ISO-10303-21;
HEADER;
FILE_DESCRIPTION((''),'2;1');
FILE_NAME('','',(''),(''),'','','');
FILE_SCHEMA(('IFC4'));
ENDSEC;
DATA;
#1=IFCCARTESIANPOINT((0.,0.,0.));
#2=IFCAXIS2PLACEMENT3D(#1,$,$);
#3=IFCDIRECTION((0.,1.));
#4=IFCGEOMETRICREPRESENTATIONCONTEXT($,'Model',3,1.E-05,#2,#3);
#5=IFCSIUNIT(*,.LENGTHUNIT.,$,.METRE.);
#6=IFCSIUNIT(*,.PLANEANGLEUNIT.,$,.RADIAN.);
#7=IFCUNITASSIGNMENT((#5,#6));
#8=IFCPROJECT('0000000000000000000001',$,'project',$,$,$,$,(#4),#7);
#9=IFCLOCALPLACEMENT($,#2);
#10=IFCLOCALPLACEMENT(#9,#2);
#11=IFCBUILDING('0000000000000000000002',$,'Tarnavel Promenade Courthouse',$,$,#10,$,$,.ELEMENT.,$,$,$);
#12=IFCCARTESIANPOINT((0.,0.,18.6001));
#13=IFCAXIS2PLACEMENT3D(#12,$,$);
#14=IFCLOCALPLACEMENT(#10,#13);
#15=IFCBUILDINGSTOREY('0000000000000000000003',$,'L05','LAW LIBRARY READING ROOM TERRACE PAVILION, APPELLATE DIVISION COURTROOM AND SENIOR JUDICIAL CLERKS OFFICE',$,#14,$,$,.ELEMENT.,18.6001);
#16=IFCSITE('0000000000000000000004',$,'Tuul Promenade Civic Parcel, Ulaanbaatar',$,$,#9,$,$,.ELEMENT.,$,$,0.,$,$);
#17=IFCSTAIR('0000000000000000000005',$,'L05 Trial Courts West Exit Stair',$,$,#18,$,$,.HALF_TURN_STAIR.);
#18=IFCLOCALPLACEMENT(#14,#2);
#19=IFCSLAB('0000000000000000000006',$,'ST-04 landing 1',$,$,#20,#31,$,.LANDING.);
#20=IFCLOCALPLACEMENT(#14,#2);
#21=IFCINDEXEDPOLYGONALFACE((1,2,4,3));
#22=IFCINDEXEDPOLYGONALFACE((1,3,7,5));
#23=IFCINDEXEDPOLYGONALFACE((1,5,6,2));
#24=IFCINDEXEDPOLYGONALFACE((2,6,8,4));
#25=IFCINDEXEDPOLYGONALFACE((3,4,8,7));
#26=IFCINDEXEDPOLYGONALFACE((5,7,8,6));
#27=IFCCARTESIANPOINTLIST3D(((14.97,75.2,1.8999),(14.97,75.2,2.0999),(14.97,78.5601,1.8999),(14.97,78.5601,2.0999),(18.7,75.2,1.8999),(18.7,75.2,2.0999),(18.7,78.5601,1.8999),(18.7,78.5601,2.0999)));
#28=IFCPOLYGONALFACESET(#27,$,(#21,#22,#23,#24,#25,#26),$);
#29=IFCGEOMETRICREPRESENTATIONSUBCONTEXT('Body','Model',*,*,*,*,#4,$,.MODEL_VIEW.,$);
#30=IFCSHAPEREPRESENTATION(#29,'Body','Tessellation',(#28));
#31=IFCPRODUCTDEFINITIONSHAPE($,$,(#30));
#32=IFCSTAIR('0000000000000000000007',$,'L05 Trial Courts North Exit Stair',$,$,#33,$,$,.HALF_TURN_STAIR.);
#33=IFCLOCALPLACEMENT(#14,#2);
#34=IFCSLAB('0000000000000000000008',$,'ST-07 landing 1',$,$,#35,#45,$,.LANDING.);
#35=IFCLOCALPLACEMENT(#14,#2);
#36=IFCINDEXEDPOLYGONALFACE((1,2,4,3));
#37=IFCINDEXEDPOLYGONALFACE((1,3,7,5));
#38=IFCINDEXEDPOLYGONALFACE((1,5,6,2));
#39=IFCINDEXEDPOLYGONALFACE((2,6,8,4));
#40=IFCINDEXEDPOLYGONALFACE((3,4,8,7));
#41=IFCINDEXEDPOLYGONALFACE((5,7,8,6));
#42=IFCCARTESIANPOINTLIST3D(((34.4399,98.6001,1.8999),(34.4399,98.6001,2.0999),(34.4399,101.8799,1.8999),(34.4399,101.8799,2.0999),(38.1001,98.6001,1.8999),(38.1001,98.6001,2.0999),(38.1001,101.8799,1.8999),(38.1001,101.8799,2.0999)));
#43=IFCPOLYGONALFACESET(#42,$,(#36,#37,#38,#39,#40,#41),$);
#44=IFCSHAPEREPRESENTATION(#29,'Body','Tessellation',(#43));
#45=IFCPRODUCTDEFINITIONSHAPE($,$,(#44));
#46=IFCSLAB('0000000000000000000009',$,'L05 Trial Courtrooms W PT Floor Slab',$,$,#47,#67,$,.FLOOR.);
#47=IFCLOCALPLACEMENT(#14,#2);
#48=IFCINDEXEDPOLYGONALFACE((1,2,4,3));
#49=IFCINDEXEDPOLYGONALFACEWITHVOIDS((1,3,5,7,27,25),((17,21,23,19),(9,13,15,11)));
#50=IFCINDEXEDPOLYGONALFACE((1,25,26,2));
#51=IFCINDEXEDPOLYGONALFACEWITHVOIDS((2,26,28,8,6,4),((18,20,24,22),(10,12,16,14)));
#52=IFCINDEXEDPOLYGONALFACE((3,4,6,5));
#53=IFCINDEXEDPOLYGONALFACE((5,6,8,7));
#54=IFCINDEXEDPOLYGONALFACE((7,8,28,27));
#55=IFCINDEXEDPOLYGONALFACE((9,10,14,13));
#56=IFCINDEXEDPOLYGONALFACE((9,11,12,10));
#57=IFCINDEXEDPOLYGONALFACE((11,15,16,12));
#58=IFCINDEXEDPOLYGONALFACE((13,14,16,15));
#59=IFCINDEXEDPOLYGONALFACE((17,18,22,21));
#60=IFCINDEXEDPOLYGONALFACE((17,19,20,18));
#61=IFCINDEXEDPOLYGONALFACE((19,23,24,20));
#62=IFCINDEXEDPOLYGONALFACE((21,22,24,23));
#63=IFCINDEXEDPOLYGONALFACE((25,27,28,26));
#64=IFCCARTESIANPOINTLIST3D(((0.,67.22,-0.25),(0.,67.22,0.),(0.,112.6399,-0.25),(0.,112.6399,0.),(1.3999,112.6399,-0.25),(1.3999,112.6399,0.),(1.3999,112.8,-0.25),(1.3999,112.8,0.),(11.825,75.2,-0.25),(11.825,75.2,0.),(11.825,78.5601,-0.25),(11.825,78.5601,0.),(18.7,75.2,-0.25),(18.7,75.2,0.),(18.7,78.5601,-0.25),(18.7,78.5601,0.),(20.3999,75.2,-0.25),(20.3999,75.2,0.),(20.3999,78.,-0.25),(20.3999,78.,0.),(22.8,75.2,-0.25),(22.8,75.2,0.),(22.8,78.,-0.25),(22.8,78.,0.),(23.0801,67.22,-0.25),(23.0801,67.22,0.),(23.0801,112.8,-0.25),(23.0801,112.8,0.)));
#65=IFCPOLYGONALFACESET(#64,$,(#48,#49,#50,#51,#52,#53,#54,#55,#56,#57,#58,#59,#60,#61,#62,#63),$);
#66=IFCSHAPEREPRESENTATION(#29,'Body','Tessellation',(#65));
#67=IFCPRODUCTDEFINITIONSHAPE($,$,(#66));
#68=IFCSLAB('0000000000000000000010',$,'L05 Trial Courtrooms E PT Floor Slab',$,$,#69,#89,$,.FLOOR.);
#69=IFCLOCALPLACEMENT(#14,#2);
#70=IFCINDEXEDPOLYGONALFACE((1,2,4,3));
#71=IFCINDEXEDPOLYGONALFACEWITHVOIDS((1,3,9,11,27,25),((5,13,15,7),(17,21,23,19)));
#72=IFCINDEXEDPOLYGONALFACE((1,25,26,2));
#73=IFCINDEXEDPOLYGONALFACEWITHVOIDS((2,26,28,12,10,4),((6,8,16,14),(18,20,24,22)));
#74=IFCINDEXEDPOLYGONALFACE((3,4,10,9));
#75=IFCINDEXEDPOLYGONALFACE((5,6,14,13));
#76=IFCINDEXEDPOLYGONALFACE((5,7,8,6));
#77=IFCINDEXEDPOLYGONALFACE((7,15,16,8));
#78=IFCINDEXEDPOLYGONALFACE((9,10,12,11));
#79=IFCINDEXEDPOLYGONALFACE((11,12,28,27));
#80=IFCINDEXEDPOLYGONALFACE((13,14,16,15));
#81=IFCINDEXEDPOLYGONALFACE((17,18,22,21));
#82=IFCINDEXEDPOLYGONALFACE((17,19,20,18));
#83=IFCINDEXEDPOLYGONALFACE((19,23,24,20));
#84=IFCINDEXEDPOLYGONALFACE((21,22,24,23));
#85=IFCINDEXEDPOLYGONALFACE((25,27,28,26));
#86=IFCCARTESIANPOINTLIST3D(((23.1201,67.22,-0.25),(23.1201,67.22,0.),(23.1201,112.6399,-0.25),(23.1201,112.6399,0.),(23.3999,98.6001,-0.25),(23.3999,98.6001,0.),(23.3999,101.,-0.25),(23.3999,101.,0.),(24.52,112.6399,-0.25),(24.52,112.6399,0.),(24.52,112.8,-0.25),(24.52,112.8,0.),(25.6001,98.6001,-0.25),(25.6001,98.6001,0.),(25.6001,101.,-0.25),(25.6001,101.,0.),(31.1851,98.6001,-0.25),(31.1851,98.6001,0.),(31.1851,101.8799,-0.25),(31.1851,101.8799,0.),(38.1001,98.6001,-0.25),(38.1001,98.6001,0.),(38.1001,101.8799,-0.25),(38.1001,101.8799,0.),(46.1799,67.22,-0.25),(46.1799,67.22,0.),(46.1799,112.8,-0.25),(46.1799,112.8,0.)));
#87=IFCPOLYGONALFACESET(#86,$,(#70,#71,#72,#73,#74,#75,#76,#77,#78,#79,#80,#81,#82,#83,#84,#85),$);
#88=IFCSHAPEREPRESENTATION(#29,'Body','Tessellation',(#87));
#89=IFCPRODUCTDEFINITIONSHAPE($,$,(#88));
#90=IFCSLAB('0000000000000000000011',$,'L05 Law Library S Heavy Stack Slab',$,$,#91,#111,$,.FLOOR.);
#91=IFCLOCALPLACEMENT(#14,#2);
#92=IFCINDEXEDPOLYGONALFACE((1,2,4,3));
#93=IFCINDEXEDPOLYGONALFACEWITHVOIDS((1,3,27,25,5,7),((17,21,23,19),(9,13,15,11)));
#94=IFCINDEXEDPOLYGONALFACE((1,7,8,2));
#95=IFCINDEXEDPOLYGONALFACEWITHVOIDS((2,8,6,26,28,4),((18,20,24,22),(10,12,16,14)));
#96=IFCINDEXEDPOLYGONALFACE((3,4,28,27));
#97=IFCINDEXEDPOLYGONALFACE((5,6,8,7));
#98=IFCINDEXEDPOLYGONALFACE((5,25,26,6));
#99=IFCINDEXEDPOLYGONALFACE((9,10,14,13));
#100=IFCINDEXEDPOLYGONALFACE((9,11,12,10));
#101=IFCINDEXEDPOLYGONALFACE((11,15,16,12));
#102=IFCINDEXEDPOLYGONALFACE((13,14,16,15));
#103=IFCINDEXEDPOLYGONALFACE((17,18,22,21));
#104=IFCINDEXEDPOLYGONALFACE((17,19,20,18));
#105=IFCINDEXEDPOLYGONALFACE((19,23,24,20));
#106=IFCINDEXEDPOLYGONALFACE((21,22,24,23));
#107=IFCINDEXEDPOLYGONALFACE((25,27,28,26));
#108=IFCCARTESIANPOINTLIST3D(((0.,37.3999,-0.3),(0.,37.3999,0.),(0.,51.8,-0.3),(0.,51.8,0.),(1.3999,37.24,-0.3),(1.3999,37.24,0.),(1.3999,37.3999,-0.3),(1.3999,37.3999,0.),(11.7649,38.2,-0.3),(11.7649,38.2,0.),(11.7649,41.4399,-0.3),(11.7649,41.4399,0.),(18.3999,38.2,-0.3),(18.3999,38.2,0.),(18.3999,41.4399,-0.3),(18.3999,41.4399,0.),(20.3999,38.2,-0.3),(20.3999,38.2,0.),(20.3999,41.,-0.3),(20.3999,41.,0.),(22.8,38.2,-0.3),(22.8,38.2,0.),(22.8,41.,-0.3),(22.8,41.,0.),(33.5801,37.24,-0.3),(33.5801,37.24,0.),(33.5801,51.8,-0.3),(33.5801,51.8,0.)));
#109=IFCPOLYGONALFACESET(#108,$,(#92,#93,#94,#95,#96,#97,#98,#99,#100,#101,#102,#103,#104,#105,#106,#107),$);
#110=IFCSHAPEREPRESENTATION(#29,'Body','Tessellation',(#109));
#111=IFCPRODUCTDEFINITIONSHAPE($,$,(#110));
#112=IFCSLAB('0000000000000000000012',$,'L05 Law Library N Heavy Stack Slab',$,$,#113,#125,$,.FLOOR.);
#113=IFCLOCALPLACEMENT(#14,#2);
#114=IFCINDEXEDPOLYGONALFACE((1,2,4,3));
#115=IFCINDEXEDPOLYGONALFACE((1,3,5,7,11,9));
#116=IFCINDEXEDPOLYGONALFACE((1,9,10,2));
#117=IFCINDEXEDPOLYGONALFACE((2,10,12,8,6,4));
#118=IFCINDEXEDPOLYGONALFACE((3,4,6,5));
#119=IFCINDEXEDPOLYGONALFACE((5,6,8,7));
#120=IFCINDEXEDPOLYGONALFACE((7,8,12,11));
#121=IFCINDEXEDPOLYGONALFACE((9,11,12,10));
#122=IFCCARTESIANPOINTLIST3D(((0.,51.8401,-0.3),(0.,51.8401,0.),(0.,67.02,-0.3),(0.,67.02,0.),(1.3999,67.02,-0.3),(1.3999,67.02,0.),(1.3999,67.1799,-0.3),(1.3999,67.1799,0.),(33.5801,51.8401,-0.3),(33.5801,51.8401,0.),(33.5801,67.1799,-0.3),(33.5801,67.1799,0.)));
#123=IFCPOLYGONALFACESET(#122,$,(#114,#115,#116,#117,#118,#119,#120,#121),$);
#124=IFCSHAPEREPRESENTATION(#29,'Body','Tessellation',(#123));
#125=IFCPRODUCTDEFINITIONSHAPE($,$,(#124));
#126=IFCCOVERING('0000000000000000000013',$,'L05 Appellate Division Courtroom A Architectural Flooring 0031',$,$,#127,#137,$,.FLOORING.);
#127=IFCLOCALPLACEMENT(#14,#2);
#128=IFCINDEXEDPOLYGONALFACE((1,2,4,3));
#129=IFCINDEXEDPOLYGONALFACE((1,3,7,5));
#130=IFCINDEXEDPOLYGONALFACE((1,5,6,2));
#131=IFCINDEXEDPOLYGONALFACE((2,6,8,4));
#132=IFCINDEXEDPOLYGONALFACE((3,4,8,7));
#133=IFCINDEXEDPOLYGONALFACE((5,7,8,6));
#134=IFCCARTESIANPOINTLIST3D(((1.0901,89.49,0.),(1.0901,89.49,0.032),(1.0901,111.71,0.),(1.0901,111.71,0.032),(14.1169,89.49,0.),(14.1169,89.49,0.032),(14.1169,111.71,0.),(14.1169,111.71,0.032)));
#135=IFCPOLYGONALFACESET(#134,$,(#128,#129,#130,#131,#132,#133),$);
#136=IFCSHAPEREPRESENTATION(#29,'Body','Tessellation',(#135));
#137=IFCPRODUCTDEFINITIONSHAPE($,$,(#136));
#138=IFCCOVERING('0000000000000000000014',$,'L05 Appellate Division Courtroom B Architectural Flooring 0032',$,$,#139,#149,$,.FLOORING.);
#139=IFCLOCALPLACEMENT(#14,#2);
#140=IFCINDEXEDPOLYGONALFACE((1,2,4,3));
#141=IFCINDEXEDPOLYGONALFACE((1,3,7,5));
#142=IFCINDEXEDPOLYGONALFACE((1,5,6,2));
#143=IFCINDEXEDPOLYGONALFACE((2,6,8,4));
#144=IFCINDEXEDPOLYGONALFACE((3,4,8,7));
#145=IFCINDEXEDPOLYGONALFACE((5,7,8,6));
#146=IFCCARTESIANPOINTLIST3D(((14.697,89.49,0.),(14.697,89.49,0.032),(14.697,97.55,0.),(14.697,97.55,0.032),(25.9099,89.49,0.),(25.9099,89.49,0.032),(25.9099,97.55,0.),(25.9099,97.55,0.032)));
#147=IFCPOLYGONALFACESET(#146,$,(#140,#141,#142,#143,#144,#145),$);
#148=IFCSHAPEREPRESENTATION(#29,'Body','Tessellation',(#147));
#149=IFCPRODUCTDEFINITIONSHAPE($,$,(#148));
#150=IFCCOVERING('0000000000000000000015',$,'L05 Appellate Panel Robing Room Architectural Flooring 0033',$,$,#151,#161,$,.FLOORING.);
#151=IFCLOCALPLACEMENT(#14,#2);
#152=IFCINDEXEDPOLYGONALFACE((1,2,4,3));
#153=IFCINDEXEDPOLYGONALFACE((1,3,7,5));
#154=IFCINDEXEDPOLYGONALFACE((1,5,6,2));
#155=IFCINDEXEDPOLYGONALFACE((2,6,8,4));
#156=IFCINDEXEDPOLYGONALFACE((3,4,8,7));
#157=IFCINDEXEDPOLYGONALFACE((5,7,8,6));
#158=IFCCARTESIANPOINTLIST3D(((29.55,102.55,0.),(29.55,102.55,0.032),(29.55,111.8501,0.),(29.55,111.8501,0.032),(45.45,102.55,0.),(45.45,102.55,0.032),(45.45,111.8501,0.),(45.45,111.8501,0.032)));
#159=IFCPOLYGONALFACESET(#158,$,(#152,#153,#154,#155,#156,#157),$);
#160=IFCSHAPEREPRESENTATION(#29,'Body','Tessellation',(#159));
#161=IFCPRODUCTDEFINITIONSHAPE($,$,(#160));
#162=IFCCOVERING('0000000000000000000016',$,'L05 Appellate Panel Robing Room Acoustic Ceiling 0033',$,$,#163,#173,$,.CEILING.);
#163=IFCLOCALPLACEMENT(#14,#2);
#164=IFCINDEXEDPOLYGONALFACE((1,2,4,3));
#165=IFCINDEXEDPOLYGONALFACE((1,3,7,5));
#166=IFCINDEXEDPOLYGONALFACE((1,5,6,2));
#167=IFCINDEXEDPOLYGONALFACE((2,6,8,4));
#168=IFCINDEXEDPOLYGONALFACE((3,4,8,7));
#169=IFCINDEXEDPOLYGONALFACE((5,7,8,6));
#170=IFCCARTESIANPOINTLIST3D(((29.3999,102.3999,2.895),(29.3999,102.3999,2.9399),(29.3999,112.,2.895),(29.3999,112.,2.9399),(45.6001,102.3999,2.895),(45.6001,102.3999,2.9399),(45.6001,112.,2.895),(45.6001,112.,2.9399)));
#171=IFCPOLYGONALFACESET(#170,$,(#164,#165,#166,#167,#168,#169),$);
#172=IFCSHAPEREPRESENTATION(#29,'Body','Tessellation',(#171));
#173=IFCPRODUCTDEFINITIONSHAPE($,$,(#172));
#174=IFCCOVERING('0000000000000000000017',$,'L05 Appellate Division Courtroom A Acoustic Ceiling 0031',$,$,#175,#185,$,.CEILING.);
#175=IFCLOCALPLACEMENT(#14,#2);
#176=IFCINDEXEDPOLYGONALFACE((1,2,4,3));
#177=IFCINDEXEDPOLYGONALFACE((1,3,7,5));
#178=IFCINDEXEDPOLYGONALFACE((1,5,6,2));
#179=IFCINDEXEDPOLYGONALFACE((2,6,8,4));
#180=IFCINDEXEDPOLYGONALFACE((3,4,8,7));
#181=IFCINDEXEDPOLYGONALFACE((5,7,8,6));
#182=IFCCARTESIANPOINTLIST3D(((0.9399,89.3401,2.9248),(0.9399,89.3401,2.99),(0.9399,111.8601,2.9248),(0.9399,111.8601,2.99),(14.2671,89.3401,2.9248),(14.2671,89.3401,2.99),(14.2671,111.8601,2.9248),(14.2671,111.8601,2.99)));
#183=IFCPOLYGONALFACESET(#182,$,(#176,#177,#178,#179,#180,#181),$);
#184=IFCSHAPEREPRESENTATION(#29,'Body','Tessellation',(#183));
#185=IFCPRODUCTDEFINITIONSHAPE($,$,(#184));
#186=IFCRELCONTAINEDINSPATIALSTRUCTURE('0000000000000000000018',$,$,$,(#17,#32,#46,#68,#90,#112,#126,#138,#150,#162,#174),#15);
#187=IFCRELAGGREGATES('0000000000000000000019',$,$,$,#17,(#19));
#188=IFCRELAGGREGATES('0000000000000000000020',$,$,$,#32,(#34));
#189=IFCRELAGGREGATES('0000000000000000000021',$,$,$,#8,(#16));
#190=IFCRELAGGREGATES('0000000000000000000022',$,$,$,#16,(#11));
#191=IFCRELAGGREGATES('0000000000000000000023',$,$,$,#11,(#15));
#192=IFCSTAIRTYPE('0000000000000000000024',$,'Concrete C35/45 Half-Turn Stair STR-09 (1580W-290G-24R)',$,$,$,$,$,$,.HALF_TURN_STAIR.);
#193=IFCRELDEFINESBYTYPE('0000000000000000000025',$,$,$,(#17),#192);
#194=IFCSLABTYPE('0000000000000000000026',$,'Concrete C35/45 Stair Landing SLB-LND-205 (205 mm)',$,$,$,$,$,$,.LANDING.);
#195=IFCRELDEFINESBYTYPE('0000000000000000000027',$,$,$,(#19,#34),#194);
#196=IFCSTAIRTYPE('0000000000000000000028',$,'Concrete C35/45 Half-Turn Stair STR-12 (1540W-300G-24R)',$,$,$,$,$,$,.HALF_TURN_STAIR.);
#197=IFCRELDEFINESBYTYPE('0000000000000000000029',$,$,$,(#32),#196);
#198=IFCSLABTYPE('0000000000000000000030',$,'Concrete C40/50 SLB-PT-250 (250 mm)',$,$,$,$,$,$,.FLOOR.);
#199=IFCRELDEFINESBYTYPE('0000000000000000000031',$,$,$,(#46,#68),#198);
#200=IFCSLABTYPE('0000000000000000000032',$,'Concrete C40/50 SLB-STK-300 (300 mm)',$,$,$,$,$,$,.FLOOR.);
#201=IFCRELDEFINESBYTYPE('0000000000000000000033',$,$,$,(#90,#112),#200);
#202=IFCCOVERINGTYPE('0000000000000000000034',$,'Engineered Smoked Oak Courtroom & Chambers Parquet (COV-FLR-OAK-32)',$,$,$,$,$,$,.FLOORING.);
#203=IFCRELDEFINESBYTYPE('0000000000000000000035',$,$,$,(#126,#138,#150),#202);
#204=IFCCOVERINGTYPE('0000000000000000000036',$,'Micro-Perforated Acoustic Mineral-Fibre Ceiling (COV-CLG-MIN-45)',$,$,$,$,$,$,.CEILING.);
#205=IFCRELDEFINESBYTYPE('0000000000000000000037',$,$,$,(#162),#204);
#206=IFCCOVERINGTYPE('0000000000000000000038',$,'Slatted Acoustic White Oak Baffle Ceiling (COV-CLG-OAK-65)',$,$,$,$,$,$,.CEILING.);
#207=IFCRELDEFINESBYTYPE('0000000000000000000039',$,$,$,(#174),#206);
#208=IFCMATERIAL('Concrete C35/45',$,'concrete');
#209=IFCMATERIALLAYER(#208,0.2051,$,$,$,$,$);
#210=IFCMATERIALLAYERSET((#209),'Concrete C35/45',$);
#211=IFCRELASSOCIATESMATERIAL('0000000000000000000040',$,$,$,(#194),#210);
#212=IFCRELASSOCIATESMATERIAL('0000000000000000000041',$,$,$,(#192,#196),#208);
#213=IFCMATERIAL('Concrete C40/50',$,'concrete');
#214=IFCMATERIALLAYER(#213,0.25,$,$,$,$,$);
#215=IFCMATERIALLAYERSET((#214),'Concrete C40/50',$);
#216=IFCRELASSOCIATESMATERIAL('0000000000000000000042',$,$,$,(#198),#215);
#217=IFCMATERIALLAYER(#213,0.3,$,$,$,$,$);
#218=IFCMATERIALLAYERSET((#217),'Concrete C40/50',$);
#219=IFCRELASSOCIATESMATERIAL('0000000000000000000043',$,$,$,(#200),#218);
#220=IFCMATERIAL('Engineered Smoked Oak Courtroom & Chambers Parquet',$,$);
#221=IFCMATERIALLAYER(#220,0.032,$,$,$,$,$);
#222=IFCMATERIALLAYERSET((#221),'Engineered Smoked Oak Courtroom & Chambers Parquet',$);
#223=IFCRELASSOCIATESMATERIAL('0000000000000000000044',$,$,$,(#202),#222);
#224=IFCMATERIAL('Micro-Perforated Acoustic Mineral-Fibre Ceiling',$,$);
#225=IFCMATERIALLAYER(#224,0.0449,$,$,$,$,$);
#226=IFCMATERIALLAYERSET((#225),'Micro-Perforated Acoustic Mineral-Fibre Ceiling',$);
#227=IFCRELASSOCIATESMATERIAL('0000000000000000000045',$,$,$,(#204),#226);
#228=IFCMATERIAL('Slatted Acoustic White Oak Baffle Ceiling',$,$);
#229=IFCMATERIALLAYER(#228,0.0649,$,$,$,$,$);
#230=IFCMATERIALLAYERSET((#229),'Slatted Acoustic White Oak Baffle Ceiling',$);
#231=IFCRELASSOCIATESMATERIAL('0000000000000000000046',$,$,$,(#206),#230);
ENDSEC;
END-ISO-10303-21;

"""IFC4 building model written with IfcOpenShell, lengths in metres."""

from ifc_helpers import new_model, si_unit, direction, frame, origin, place, context, subcontext, project, spatial, polyline, outline, extrude, material, layer, layer_set, type_object, element, aggregate, save


model = new_model("IFC4")

# Units and contexts
model_context = context("Model", 3, precision=1e-05, world=origin(), true_north=direction((0.0, 1.0)))
body_context = subcontext(model_context, "Body", "Model", "MODEL_VIEW")
ifc_project = project(units=[si_unit("LENGTHUNIT", "METRE"), si_unit("PLANEANGLEUNIT", "RADIAN")], contexts=[model_context])

# Site, building, storey
site_placement = place(None, origin())
site = spatial("IfcSite", under=ifc_project, at=site_placement, Name="Tuul Promenade Civic Parcel, Ulaanbaatar", CompositionType="ELEMENT", RefElevation=0.0)
building_placement = place(site_placement, origin())
building = spatial("IfcBuilding", under=site, at=building_placement, Name="Tarnavel Promenade Courthouse", CompositionType="ELEMENT")
storey_placement = place(building_placement, frame((0.0, 0.0, 18.6001)))
storey = spatial("IfcBuildingStorey", under=building, at=storey_placement, Name="L05", Description="LAW LIBRARY READING ROOM TERRACE PAVILION, APPELLATE DIVISION COURTROOM AND SENIOR JUDICIAL CLERKS OFFICE", CompositionType="ELEMENT", Elevation=18.6001)

# Shared definitions
ifc_material_1 = material(Name="Concrete C35/45", Category="concrete")

# Stairs, slabs
ifc_layer_1 = layer(ifc_material_1, 0.2051)
ifc_layer_set_1 = layer_set([ifc_layer_1], Name="Concrete C35/45")
slab_type_1 = type_object("IfcSlabType", Name="Concrete C35/45 Stair Landing SLB-LND-205 (205 mm)", PredefinedType="LANDING", material=ifc_layer_set_1)
stair_type_1 = type_object("IfcStairType", Name="Concrete C35/45 Half-Turn Stair STR-09 (1580W-290G-24R)", PredefinedType="HALF_TURN_STAIR", material=ifc_material_1)
stair_1_placement = place(storey_placement, origin())
stair_1 = element("IfcStair", 1, at=stair_1_placement, inside=storey, type_object=stair_type_1, Name="L05 Trial Courts West Exit Stair", PredefinedType="HALF_TURN_STAIR")
slab_1_placement = place(storey_placement, frame((0.0, 0.0, 1.8999)))
slab_1 = element("IfcSlab", 2, at=slab_1_placement, type_object=slab_type_1, Name="ST-04 landing 1", PredefinedType="LANDING", context=body_context, shape_type="SweptSolid", body=[
    extrude(outline(polyline([(14.97, 75.2), (18.7, 75.2), (18.7, 78.5601), (14.97, 78.5601), (14.97, 75.2)])), origin(), (0.0, 0.0, 1.0), 0.2),
])
aggregate(stair_1, [slab_1])
stair_type_2 = type_object("IfcStairType", Name="Concrete C35/45 Half-Turn Stair STR-12 (1540W-300G-24R)", PredefinedType="HALF_TURN_STAIR", material=ifc_material_1)
stair_2_placement = place(storey_placement, origin())
stair_2 = element("IfcStair", 3, at=stair_2_placement, inside=storey, type_object=stair_type_2, Name="L05 Trial Courts North Exit Stair", PredefinedType="HALF_TURN_STAIR")
slab_2_placement = place(storey_placement, frame((0.0, 0.0, 1.8999)))
slab_2 = element("IfcSlab", 4, at=slab_2_placement, type_object=slab_type_1, Name="ST-07 landing 1", PredefinedType="LANDING", context=body_context, shape_type="SweptSolid", body=[
    extrude(outline(polyline([(34.4399, 98.6001), (38.1001, 98.6001), (38.1001, 101.8799), (34.4399, 101.8799), (34.4399, 98.6001)])), origin(), (0.0, 0.0, 1.0), 0.2),
])
aggregate(stair_2, [slab_2])

# Slabs
ifc_material_2 = material(Name="Concrete C40/50", Category="concrete")
ifc_layer_2 = layer(ifc_material_2, 0.25)
ifc_layer_set_2 = layer_set([ifc_layer_2], Name="Concrete C40/50")
slab_type_2 = type_object("IfcSlabType", Name="Concrete C40/50 SLB-PT-250 (250 mm)", PredefinedType="FLOOR", material=ifc_layer_set_2)
slab_3_placement = place(storey_placement, frame((0.0, 0.0, -0.25)))
element("IfcSlab", 5, at=slab_3_placement, inside=storey, type_object=slab_type_2, Name="L05 Trial Courtrooms W PT Floor Slab", PredefinedType="FLOOR", context=body_context, shape_type="SweptSolid", body=[
    extrude(outline(polyline([(0.0, 67.22), (23.0801, 67.22), (23.0801, 112.8), (1.3999, 112.8), (1.3999, 112.6399), (0.0, 112.6399), (0.0, 67.22)]), holes=[polyline([(11.825, 75.2), (18.7, 75.2), (18.7, 78.5601), (11.825, 78.5601), (11.825, 75.2)]), polyline([(20.3999, 75.2), (22.8, 75.2), (22.8, 78.0), (20.3999, 78.0), (20.3999, 75.2)])]), origin(), (0.0, 0.0, 1.0), 0.25),
])
slab_4_placement = place(storey_placement, frame((0.0, 0.0, -0.25)))
element("IfcSlab", 6, at=slab_4_placement, inside=storey, type_object=slab_type_2, Name="L05 Trial Courtrooms E PT Floor Slab", PredefinedType="FLOOR", context=body_context, shape_type="SweptSolid", body=[
    extrude(outline(polyline([(23.1201, 67.22), (46.1799, 67.22), (46.1799, 112.8), (24.52, 112.8), (24.52, 112.6399), (23.1201, 112.6399), (23.1201, 67.22)]), holes=[polyline([(31.1851, 98.6001), (38.1001, 98.6001), (38.1001, 101.8799), (31.1851, 101.8799), (31.1851, 98.6001)]), polyline([(23.3999, 98.6001), (25.6001, 98.6001), (25.6001, 101.0), (23.3999, 101.0), (23.3999, 98.6001)])]), origin(), (0.0, 0.0, 1.0), 0.25),
])
ifc_layer_3 = layer(ifc_material_2, 0.3)
ifc_layer_set_3 = layer_set([ifc_layer_3], Name="Concrete C40/50")
slab_type_3 = type_object("IfcSlabType", Name="Concrete C40/50 SLB-STK-300 (300 mm)", PredefinedType="FLOOR", material=ifc_layer_set_3)
slab_5_placement = place(storey_placement, frame((0.0, 0.0, -0.3)))
element("IfcSlab", 7, at=slab_5_placement, inside=storey, type_object=slab_type_3, Name="L05 Law Library S Heavy Stack Slab", PredefinedType="FLOOR", context=body_context, shape_type="SweptSolid", body=[
    extrude(outline(polyline([(0.0, 37.3999), (1.3999, 37.3999), (1.3999, 37.24), (33.5801, 37.24), (33.5801, 51.8), (0.0, 51.8), (0.0, 37.3999)]), holes=[polyline([(11.7649, 38.2), (18.3999, 38.2), (18.3999, 41.4399), (11.7649, 41.4399), (11.7649, 38.2)]), polyline([(20.3999, 38.2), (22.8, 38.2), (22.8, 41.0), (20.3999, 41.0), (20.3999, 38.2)])]), origin(), (0.0, 0.0, 1.0), 0.3),
])
slab_6_placement = place(storey_placement, frame((0.0, 0.0, -0.3)))
element("IfcSlab", 8, at=slab_6_placement, inside=storey, type_object=slab_type_3, Name="L05 Law Library N Heavy Stack Slab", PredefinedType="FLOOR", context=body_context, shape_type="SweptSolid", body=[
    extrude(outline(polyline([(0.0, 51.8401), (33.5801, 51.8401), (33.5801, 67.1799), (1.3999, 67.1799), (1.3999, 67.02), (0.0, 67.02), (0.0, 51.8401)])), origin(), (0.0, 0.0, 1.0), 0.3),
])

# Coverings
ifc_material_3 = material(Name="Engineered Smoked Oak Courtroom & Chambers Parquet")
ifc_layer_4 = layer(ifc_material_3, 0.032)
ifc_layer_set_4 = layer_set([ifc_layer_4], Name="Engineered Smoked Oak Courtroom & Chambers Parquet")
covering_type_1 = type_object("IfcCoveringType", Name="Engineered Smoked Oak Courtroom & Chambers Parquet (COV-FLR-OAK-32)", PredefinedType="FLOORING", material=ifc_layer_set_4)
covering_1_placement = place(storey_placement, origin())
element("IfcCovering", 9, at=covering_1_placement, inside=storey, type_object=covering_type_1, Name="L05 Appellate Division Courtroom A Architectural Flooring 0031", PredefinedType="FLOORING", context=body_context, shape_type="SweptSolid", body=[
    extrude(outline(polyline([(1.0901, 89.49), (14.1169, 89.49), (14.1169, 111.71), (1.0901, 111.71), (1.0901, 89.49)])), origin(), (0.0, 0.0, 1.0), 0.032),
])
covering_2_placement = place(storey_placement, origin())
element("IfcCovering", 10, at=covering_2_placement, inside=storey, type_object=covering_type_1, Name="L05 Appellate Division Courtroom B Architectural Flooring 0032", PredefinedType="FLOORING", context=body_context, shape_type="SweptSolid", body=[
    extrude(outline(polyline([(14.697, 89.49), (25.9099, 89.49), (25.9099, 97.55), (14.697, 97.55), (14.697, 89.49)])), origin(), (0.0, 0.0, 1.0), 0.032),
])
covering_3_placement = place(storey_placement, origin())
element("IfcCovering", 11, at=covering_3_placement, inside=storey, type_object=covering_type_1, Name="L05 Appellate Panel Robing Room Architectural Flooring 0033", PredefinedType="FLOORING", context=body_context, shape_type="SweptSolid", body=[
    extrude(outline(polyline([(29.55, 102.55), (45.45, 102.55), (45.45, 111.8501), (29.55, 111.8501), (29.55, 102.55)])), origin(), (0.0, 0.0, 1.0), 0.032),
])
ifc_material_4 = material(Name="Micro-Perforated Acoustic Mineral-Fibre Ceiling")
ifc_layer_5 = layer(ifc_material_4, 0.0449)
ifc_layer_set_5 = layer_set([ifc_layer_5], Name="Micro-Perforated Acoustic Mineral-Fibre Ceiling")
covering_type_2 = type_object("IfcCoveringType", Name="Micro-Perforated Acoustic Mineral-Fibre Ceiling (COV-CLG-MIN-45)", PredefinedType="CEILING", material=ifc_layer_set_5)
covering_4_placement = place(storey_placement, frame((0.0, 0.0, 2.895)))
element("IfcCovering", 12, at=covering_4_placement, inside=storey, type_object=covering_type_2, Name="L05 Appellate Panel Robing Room Acoustic Ceiling 0033", PredefinedType="CEILING", context=body_context, shape_type="SweptSolid", body=[
    extrude(outline(polyline([(29.3999, 102.3999), (45.6001, 102.3999), (45.6001, 112.0), (29.3999, 112.0), (29.3999, 102.3999)])), origin(), (0.0, 0.0, 1.0), 0.0449),
])
ifc_material_5 = material(Name="Slatted Acoustic White Oak Baffle Ceiling")
ifc_layer_6 = layer(ifc_material_5, 0.0649)
ifc_layer_set_6 = layer_set([ifc_layer_6], Name="Slatted Acoustic White Oak Baffle Ceiling")
covering_type_3 = type_object("IfcCoveringType", Name="Slatted Acoustic White Oak Baffle Ceiling (COV-CLG-OAK-65)", PredefinedType="CEILING", material=ifc_layer_set_6)
covering_5_placement = place(storey_placement, frame((0.0, 0.0, 2.9248)))
element("IfcCovering", 13, at=covering_5_placement, inside=storey, type_object=covering_type_3, Name="L05 Appellate Division Courtroom A Acoustic Ceiling 0031", PredefinedType="CEILING", context=body_context, shape_type="SweptSolid", body=[
    extrude(outline(polyline([(0.9399, 89.3401), (14.2671, 89.3401), (14.2671, 111.8601), (0.9399, 111.8601), (0.9399, 89.3401)])), origin(), (0.0, 0.0, 1.0), 0.0652),
])

save(model, "model.ifc")
